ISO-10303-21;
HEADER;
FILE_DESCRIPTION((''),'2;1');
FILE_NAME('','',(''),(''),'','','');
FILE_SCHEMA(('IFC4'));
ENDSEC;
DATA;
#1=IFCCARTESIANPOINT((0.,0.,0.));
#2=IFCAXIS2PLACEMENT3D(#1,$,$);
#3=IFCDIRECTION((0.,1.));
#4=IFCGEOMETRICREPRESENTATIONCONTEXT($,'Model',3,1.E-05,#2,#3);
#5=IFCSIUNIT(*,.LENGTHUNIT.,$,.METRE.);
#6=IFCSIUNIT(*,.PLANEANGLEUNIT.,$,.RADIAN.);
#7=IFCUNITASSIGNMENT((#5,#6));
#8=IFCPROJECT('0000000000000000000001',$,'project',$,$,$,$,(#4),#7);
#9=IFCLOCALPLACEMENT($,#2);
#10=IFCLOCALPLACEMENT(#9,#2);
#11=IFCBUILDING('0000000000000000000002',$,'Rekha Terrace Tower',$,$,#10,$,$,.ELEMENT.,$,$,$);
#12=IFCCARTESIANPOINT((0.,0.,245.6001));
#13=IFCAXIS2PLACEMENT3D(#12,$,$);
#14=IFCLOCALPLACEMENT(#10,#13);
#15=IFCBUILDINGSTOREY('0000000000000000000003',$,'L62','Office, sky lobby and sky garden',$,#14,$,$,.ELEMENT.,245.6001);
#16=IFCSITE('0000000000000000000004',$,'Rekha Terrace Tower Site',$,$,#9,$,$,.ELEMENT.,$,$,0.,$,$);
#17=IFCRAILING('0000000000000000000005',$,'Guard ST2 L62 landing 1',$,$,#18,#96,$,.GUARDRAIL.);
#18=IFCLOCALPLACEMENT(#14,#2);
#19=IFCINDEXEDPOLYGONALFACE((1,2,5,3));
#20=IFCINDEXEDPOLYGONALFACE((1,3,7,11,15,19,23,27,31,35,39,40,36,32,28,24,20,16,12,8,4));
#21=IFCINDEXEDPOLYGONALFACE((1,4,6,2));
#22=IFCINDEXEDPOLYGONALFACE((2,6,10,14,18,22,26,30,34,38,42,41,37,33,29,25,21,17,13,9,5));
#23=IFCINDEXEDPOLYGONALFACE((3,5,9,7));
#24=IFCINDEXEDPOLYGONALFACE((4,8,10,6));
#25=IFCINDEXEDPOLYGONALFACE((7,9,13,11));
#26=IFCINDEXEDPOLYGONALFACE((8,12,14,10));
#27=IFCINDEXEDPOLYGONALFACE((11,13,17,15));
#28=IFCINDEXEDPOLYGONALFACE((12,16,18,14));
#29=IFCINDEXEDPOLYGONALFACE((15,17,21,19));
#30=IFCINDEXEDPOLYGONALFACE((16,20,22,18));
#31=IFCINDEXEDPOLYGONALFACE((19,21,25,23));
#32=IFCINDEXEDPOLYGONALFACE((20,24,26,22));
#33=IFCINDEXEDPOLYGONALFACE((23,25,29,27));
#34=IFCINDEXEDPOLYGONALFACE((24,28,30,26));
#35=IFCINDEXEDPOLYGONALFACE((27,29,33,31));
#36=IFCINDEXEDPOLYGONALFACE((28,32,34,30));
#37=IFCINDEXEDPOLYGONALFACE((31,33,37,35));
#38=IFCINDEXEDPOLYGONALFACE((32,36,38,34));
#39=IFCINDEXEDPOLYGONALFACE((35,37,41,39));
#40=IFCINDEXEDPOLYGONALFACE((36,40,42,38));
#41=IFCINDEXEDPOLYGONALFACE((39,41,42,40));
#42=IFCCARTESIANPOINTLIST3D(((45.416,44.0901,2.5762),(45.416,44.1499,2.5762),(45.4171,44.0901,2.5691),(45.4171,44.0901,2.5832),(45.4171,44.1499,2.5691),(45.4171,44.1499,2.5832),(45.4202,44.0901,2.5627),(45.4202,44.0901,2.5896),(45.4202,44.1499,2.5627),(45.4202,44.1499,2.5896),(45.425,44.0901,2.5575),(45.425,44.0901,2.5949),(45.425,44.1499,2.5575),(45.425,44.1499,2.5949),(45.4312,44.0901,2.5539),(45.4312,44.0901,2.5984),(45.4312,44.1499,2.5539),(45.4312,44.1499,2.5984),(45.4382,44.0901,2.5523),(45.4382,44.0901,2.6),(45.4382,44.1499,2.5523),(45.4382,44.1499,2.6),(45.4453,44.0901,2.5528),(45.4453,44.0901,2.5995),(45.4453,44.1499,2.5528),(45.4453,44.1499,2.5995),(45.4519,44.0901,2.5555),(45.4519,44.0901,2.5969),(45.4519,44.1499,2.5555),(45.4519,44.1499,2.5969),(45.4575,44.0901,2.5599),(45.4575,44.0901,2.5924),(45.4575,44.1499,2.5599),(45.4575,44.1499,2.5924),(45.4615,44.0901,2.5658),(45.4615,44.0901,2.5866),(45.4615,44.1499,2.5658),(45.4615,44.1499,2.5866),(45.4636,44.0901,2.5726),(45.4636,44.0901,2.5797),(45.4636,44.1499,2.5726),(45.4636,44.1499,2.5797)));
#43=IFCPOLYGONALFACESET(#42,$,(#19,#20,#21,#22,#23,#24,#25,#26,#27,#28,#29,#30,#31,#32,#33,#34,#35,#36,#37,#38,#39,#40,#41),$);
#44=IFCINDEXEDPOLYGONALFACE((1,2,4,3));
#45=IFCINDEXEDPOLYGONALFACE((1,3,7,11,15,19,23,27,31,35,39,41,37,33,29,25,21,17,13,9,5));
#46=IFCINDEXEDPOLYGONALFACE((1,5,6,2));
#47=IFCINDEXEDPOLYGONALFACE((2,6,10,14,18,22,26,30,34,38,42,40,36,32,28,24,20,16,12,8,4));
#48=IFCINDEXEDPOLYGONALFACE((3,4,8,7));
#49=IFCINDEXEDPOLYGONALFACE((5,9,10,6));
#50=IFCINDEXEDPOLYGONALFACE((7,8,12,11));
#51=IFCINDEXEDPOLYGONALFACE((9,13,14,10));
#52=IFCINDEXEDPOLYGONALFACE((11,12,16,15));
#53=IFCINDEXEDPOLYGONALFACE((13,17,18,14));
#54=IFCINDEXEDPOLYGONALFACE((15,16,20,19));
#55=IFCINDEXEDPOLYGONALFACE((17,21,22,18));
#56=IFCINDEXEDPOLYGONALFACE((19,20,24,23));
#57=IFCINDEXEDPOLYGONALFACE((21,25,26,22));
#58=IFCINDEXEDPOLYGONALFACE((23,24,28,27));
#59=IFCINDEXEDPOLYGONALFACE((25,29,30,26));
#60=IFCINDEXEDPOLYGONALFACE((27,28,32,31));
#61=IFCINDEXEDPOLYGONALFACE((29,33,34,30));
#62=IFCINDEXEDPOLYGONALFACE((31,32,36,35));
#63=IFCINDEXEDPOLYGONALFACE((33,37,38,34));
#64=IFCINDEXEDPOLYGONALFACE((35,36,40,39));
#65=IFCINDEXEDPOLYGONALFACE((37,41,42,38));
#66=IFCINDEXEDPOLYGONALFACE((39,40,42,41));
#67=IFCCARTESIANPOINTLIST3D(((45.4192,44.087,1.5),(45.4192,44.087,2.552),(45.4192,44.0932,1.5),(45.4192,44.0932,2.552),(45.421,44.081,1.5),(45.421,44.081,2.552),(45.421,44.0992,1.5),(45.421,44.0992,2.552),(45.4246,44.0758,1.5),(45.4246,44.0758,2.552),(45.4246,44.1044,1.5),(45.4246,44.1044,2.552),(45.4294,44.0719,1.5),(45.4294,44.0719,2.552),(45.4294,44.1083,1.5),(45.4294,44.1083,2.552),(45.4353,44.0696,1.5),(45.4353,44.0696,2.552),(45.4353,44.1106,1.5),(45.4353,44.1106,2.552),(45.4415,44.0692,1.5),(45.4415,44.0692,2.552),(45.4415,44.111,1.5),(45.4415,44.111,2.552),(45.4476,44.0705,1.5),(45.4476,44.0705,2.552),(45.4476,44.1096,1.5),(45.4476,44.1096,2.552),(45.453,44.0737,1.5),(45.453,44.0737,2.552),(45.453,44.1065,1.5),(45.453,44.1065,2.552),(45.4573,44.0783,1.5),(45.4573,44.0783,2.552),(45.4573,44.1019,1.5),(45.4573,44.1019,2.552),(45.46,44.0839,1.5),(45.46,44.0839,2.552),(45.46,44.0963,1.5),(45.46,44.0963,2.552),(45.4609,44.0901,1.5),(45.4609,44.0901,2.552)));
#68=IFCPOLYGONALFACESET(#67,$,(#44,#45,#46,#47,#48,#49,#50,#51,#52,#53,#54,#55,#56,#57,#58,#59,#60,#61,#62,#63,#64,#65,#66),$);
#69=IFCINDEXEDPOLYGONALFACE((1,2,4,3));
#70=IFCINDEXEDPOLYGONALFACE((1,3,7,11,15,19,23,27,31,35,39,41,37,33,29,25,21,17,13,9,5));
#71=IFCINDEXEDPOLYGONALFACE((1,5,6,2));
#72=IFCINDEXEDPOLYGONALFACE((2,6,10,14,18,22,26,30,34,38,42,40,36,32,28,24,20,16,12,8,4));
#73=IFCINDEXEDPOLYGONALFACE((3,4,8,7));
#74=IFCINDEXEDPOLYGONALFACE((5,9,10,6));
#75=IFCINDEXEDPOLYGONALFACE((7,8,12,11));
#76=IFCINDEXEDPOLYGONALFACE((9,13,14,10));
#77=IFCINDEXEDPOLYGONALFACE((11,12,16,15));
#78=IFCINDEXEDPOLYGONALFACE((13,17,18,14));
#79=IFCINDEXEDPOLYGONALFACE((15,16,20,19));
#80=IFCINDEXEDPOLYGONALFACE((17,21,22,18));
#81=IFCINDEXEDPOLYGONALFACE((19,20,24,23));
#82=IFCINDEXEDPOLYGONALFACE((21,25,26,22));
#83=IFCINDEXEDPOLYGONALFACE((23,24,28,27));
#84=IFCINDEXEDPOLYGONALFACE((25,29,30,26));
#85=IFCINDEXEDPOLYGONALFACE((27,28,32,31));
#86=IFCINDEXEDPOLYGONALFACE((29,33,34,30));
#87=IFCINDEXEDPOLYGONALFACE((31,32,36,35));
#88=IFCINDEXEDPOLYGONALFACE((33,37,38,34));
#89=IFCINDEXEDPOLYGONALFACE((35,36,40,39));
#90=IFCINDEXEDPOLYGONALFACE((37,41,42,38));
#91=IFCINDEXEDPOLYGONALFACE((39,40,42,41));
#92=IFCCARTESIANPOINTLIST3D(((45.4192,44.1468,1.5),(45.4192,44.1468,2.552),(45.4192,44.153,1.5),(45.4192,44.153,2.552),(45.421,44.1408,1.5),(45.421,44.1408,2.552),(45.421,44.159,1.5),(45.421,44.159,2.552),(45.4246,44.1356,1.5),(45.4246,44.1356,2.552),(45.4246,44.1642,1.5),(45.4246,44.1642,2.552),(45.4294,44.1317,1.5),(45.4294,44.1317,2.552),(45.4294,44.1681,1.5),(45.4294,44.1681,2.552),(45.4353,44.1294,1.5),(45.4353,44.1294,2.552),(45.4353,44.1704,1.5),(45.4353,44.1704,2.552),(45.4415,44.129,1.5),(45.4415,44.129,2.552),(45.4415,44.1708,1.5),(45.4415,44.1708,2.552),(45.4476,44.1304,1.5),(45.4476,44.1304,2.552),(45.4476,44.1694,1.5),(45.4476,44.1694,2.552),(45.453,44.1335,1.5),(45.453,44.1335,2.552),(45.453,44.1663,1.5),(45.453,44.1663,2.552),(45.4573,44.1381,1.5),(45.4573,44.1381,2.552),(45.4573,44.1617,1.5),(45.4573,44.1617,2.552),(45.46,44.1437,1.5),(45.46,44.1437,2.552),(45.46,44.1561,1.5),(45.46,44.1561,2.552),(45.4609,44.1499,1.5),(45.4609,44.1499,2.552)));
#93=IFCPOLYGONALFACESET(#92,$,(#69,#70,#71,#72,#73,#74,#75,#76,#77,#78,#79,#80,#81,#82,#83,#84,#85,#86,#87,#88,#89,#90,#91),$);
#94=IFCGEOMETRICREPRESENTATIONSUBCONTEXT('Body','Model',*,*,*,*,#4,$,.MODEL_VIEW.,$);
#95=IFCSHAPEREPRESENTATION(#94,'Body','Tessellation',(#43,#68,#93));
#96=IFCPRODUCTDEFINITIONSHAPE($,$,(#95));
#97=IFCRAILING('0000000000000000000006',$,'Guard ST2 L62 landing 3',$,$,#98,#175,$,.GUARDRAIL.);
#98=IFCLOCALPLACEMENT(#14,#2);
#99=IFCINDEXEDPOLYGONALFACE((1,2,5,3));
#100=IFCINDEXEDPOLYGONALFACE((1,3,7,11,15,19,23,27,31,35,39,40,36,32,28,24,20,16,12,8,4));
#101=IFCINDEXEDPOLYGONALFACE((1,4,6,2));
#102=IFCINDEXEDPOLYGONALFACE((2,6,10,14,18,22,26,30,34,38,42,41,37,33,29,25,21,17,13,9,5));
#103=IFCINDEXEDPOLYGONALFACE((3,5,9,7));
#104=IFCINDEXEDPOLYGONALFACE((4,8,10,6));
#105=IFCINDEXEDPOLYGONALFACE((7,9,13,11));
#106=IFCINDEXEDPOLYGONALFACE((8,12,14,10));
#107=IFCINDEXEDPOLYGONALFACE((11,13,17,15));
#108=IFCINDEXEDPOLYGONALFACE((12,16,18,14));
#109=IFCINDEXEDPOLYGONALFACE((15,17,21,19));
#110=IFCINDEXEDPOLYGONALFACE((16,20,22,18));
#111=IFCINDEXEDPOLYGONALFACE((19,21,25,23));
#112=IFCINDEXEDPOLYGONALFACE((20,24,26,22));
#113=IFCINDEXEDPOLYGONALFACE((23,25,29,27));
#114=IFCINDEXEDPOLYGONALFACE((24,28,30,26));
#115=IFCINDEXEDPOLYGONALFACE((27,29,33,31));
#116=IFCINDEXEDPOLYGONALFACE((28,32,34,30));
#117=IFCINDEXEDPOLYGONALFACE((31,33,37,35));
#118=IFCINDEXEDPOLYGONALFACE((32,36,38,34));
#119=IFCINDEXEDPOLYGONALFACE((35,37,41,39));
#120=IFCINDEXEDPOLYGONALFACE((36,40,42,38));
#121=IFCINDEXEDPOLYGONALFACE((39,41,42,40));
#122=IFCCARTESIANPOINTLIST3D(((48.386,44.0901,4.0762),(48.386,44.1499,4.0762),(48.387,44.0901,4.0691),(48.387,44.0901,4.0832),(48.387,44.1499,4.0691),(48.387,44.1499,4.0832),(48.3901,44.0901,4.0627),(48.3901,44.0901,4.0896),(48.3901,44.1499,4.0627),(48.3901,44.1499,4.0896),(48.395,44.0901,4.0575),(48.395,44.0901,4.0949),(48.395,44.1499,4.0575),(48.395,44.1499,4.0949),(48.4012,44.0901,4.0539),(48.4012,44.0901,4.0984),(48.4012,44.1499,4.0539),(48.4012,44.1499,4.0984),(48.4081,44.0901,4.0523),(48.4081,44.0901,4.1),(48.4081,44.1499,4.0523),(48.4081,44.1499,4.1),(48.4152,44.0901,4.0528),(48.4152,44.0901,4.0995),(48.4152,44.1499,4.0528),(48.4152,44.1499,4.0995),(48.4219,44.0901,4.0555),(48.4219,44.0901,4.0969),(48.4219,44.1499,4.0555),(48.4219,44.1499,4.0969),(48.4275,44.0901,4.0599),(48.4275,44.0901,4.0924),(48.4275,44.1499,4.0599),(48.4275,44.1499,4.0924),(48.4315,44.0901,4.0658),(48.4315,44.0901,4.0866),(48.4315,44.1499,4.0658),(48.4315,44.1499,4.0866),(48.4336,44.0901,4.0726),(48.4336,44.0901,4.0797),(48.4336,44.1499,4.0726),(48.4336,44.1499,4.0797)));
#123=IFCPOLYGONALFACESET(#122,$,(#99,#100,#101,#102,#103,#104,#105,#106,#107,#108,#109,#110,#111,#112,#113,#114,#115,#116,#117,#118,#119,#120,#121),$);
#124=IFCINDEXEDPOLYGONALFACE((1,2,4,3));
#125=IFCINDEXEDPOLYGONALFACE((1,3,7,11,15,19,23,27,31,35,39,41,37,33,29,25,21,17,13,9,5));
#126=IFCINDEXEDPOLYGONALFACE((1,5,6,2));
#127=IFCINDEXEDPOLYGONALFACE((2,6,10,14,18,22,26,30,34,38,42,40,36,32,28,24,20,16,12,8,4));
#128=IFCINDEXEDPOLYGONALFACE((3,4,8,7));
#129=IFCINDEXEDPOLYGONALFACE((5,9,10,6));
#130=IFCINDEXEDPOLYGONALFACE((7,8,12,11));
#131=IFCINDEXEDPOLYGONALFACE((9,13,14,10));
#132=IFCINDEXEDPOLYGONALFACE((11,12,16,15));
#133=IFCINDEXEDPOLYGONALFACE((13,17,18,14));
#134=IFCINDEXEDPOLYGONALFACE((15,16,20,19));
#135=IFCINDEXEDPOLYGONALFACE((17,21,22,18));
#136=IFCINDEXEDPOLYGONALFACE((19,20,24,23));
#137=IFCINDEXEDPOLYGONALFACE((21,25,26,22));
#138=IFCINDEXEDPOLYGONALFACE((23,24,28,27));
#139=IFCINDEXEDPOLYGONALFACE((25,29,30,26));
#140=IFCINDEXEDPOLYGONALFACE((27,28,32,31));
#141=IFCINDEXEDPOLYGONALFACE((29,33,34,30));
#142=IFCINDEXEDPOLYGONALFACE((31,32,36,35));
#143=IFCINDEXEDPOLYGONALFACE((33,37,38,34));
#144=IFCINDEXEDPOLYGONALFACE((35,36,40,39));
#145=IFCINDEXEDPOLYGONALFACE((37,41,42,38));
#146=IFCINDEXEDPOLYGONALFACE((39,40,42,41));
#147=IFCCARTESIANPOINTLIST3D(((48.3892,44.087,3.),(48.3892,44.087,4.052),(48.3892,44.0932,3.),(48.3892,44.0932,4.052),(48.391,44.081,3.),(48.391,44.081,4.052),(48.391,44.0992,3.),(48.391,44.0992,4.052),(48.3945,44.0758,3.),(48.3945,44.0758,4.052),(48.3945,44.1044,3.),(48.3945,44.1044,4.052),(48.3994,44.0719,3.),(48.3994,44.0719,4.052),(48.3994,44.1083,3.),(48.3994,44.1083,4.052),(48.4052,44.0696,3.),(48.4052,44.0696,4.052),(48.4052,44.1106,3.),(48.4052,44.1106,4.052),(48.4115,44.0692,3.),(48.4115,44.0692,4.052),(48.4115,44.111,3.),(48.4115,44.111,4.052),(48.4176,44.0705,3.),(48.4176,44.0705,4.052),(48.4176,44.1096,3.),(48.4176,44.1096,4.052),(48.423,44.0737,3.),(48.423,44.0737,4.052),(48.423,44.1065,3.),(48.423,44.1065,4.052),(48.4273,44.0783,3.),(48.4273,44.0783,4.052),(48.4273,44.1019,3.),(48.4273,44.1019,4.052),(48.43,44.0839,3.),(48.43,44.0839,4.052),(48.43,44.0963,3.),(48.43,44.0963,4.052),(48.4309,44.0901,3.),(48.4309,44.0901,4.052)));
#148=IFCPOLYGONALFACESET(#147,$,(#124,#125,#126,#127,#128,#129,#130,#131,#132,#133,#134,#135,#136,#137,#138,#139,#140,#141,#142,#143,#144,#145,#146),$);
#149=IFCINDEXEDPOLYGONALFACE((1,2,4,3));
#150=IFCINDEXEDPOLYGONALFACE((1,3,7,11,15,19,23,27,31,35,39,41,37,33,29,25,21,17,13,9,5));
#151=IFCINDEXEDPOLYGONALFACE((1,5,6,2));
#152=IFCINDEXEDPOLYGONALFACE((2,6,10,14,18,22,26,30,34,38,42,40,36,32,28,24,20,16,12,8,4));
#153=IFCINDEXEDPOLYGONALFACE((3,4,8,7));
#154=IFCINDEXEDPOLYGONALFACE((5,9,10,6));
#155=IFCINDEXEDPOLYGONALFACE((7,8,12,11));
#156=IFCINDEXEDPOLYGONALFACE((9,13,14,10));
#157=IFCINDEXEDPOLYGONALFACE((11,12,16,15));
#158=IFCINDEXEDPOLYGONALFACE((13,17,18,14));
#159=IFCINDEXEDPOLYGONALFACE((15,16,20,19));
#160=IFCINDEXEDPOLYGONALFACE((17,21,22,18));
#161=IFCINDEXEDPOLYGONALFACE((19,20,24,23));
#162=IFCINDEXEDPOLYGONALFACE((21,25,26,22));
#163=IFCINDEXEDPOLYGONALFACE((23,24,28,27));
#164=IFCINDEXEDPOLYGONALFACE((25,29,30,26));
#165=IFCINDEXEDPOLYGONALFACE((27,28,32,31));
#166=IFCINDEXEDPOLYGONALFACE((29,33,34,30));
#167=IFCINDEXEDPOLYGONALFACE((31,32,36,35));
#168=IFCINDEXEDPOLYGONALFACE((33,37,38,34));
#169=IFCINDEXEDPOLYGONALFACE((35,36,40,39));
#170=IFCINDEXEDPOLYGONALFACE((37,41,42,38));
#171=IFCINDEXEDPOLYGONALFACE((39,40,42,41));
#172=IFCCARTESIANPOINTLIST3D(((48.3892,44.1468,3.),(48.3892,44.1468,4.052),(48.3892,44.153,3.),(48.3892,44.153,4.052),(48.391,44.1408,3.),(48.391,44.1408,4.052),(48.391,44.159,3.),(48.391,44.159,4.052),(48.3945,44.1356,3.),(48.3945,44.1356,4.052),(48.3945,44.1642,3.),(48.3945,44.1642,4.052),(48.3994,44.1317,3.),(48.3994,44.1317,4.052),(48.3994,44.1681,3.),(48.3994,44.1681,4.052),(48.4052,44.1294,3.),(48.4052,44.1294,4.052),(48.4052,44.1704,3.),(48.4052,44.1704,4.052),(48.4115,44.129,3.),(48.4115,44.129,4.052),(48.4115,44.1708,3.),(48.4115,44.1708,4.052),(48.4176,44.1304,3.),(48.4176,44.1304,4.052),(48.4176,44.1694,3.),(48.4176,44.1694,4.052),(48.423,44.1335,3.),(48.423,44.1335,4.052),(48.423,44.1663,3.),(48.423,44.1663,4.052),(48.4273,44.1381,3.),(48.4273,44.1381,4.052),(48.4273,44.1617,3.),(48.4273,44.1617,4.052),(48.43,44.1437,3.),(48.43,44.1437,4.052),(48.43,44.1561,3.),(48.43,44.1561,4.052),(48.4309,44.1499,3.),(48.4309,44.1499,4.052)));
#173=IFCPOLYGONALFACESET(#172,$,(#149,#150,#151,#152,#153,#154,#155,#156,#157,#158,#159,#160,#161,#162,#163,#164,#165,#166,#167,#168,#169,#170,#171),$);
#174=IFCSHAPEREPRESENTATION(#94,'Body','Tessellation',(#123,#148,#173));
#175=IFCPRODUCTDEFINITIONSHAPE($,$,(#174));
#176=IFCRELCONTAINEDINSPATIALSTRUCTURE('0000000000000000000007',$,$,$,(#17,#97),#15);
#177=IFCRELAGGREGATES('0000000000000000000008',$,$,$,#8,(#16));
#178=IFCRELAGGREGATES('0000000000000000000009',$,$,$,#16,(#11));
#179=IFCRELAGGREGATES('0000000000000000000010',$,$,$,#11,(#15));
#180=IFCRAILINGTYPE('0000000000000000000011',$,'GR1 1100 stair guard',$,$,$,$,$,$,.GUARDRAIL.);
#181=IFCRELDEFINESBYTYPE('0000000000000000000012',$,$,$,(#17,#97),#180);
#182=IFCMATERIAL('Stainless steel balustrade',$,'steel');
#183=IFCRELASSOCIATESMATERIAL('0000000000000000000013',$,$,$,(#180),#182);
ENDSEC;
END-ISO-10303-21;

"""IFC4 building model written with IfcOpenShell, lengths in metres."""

from ifc_helpers import new_model, si_unit, direction, frame, origin, origin_2d, place, context, subcontext, project, spatial, circle, extrude, material, type_object, element, save


model = new_model("IFC4")

# Units and contexts
model_context = context("Model", 3, precision=1e-05, world=origin(), true_north=direction((0.0, 1.0)))
body_context = subcontext(model_context, "Body", "Model", "MODEL_VIEW")
ifc_project = project(units=[si_unit("LENGTHUNIT", "METRE"), si_unit("PLANEANGLEUNIT", "RADIAN")], contexts=[model_context])

# Site, building, storey
site_placement = place(None, origin())
site = spatial("IfcSite", under=ifc_project, at=site_placement, Name="Rekha Terrace Tower Site", CompositionType="ELEMENT", RefElevation=0.0)
building_placement = place(site_placement, origin())
building = spatial("IfcBuilding", under=site, at=building_placement, Name="Rekha Terrace Tower", CompositionType="ELEMENT")
storey_placement = place(building_placement, frame((0.0, 0.0, 245.6001)))
storey = spatial("IfcBuildingStorey", under=building, at=storey_placement, Name="L62", Description="Office, sky lobby and sky garden", CompositionType="ELEMENT", Elevation=245.6001)

# Railings
ifc_material_1 = material(Name="Stainless steel balustrade", Category="steel")
railing_type_1 = type_object("IfcRailingType", Name="GR1 1100 stair guard", PredefinedType="GUARDRAIL", material=ifc_material_1)
for number, where, name in (
    (1, (45.4399, 44.0901, 1.5), "Guard ST2 L62 landing 1"),
    (2, (48.4099, 44.0901, 3.0), "Guard ST2 L62 landing 3"),
):
    element("IfcRailing", number, at=place(storey_placement, frame(where)), inside=storey, type_object=railing_type_1, Name=name, PredefinedType="GUARDRAIL", context=body_context, shape_type="SweptSolid", body=[
        extrude(circle(Radius=0.0239, at=origin_2d()), frame((0.0, 0.0, 1.0762), z_axis=(0.0, 1.0, 0.0), x_axis=(-1.0, 0.0, 0.0)), (0.0, 0.0, 1.0), 0.0598),
        extrude(circle(Radius=0.021, at=origin_2d()), origin(), (0.0, 0.0, 1.0), 1.052),
        extrude(circle(Radius=0.021, at=origin_2d()), frame((0.0, 0.0598, 0.0)), (0.0, 0.0, 1.0), 1.052),
    ])

save(model, "model.ifc")
